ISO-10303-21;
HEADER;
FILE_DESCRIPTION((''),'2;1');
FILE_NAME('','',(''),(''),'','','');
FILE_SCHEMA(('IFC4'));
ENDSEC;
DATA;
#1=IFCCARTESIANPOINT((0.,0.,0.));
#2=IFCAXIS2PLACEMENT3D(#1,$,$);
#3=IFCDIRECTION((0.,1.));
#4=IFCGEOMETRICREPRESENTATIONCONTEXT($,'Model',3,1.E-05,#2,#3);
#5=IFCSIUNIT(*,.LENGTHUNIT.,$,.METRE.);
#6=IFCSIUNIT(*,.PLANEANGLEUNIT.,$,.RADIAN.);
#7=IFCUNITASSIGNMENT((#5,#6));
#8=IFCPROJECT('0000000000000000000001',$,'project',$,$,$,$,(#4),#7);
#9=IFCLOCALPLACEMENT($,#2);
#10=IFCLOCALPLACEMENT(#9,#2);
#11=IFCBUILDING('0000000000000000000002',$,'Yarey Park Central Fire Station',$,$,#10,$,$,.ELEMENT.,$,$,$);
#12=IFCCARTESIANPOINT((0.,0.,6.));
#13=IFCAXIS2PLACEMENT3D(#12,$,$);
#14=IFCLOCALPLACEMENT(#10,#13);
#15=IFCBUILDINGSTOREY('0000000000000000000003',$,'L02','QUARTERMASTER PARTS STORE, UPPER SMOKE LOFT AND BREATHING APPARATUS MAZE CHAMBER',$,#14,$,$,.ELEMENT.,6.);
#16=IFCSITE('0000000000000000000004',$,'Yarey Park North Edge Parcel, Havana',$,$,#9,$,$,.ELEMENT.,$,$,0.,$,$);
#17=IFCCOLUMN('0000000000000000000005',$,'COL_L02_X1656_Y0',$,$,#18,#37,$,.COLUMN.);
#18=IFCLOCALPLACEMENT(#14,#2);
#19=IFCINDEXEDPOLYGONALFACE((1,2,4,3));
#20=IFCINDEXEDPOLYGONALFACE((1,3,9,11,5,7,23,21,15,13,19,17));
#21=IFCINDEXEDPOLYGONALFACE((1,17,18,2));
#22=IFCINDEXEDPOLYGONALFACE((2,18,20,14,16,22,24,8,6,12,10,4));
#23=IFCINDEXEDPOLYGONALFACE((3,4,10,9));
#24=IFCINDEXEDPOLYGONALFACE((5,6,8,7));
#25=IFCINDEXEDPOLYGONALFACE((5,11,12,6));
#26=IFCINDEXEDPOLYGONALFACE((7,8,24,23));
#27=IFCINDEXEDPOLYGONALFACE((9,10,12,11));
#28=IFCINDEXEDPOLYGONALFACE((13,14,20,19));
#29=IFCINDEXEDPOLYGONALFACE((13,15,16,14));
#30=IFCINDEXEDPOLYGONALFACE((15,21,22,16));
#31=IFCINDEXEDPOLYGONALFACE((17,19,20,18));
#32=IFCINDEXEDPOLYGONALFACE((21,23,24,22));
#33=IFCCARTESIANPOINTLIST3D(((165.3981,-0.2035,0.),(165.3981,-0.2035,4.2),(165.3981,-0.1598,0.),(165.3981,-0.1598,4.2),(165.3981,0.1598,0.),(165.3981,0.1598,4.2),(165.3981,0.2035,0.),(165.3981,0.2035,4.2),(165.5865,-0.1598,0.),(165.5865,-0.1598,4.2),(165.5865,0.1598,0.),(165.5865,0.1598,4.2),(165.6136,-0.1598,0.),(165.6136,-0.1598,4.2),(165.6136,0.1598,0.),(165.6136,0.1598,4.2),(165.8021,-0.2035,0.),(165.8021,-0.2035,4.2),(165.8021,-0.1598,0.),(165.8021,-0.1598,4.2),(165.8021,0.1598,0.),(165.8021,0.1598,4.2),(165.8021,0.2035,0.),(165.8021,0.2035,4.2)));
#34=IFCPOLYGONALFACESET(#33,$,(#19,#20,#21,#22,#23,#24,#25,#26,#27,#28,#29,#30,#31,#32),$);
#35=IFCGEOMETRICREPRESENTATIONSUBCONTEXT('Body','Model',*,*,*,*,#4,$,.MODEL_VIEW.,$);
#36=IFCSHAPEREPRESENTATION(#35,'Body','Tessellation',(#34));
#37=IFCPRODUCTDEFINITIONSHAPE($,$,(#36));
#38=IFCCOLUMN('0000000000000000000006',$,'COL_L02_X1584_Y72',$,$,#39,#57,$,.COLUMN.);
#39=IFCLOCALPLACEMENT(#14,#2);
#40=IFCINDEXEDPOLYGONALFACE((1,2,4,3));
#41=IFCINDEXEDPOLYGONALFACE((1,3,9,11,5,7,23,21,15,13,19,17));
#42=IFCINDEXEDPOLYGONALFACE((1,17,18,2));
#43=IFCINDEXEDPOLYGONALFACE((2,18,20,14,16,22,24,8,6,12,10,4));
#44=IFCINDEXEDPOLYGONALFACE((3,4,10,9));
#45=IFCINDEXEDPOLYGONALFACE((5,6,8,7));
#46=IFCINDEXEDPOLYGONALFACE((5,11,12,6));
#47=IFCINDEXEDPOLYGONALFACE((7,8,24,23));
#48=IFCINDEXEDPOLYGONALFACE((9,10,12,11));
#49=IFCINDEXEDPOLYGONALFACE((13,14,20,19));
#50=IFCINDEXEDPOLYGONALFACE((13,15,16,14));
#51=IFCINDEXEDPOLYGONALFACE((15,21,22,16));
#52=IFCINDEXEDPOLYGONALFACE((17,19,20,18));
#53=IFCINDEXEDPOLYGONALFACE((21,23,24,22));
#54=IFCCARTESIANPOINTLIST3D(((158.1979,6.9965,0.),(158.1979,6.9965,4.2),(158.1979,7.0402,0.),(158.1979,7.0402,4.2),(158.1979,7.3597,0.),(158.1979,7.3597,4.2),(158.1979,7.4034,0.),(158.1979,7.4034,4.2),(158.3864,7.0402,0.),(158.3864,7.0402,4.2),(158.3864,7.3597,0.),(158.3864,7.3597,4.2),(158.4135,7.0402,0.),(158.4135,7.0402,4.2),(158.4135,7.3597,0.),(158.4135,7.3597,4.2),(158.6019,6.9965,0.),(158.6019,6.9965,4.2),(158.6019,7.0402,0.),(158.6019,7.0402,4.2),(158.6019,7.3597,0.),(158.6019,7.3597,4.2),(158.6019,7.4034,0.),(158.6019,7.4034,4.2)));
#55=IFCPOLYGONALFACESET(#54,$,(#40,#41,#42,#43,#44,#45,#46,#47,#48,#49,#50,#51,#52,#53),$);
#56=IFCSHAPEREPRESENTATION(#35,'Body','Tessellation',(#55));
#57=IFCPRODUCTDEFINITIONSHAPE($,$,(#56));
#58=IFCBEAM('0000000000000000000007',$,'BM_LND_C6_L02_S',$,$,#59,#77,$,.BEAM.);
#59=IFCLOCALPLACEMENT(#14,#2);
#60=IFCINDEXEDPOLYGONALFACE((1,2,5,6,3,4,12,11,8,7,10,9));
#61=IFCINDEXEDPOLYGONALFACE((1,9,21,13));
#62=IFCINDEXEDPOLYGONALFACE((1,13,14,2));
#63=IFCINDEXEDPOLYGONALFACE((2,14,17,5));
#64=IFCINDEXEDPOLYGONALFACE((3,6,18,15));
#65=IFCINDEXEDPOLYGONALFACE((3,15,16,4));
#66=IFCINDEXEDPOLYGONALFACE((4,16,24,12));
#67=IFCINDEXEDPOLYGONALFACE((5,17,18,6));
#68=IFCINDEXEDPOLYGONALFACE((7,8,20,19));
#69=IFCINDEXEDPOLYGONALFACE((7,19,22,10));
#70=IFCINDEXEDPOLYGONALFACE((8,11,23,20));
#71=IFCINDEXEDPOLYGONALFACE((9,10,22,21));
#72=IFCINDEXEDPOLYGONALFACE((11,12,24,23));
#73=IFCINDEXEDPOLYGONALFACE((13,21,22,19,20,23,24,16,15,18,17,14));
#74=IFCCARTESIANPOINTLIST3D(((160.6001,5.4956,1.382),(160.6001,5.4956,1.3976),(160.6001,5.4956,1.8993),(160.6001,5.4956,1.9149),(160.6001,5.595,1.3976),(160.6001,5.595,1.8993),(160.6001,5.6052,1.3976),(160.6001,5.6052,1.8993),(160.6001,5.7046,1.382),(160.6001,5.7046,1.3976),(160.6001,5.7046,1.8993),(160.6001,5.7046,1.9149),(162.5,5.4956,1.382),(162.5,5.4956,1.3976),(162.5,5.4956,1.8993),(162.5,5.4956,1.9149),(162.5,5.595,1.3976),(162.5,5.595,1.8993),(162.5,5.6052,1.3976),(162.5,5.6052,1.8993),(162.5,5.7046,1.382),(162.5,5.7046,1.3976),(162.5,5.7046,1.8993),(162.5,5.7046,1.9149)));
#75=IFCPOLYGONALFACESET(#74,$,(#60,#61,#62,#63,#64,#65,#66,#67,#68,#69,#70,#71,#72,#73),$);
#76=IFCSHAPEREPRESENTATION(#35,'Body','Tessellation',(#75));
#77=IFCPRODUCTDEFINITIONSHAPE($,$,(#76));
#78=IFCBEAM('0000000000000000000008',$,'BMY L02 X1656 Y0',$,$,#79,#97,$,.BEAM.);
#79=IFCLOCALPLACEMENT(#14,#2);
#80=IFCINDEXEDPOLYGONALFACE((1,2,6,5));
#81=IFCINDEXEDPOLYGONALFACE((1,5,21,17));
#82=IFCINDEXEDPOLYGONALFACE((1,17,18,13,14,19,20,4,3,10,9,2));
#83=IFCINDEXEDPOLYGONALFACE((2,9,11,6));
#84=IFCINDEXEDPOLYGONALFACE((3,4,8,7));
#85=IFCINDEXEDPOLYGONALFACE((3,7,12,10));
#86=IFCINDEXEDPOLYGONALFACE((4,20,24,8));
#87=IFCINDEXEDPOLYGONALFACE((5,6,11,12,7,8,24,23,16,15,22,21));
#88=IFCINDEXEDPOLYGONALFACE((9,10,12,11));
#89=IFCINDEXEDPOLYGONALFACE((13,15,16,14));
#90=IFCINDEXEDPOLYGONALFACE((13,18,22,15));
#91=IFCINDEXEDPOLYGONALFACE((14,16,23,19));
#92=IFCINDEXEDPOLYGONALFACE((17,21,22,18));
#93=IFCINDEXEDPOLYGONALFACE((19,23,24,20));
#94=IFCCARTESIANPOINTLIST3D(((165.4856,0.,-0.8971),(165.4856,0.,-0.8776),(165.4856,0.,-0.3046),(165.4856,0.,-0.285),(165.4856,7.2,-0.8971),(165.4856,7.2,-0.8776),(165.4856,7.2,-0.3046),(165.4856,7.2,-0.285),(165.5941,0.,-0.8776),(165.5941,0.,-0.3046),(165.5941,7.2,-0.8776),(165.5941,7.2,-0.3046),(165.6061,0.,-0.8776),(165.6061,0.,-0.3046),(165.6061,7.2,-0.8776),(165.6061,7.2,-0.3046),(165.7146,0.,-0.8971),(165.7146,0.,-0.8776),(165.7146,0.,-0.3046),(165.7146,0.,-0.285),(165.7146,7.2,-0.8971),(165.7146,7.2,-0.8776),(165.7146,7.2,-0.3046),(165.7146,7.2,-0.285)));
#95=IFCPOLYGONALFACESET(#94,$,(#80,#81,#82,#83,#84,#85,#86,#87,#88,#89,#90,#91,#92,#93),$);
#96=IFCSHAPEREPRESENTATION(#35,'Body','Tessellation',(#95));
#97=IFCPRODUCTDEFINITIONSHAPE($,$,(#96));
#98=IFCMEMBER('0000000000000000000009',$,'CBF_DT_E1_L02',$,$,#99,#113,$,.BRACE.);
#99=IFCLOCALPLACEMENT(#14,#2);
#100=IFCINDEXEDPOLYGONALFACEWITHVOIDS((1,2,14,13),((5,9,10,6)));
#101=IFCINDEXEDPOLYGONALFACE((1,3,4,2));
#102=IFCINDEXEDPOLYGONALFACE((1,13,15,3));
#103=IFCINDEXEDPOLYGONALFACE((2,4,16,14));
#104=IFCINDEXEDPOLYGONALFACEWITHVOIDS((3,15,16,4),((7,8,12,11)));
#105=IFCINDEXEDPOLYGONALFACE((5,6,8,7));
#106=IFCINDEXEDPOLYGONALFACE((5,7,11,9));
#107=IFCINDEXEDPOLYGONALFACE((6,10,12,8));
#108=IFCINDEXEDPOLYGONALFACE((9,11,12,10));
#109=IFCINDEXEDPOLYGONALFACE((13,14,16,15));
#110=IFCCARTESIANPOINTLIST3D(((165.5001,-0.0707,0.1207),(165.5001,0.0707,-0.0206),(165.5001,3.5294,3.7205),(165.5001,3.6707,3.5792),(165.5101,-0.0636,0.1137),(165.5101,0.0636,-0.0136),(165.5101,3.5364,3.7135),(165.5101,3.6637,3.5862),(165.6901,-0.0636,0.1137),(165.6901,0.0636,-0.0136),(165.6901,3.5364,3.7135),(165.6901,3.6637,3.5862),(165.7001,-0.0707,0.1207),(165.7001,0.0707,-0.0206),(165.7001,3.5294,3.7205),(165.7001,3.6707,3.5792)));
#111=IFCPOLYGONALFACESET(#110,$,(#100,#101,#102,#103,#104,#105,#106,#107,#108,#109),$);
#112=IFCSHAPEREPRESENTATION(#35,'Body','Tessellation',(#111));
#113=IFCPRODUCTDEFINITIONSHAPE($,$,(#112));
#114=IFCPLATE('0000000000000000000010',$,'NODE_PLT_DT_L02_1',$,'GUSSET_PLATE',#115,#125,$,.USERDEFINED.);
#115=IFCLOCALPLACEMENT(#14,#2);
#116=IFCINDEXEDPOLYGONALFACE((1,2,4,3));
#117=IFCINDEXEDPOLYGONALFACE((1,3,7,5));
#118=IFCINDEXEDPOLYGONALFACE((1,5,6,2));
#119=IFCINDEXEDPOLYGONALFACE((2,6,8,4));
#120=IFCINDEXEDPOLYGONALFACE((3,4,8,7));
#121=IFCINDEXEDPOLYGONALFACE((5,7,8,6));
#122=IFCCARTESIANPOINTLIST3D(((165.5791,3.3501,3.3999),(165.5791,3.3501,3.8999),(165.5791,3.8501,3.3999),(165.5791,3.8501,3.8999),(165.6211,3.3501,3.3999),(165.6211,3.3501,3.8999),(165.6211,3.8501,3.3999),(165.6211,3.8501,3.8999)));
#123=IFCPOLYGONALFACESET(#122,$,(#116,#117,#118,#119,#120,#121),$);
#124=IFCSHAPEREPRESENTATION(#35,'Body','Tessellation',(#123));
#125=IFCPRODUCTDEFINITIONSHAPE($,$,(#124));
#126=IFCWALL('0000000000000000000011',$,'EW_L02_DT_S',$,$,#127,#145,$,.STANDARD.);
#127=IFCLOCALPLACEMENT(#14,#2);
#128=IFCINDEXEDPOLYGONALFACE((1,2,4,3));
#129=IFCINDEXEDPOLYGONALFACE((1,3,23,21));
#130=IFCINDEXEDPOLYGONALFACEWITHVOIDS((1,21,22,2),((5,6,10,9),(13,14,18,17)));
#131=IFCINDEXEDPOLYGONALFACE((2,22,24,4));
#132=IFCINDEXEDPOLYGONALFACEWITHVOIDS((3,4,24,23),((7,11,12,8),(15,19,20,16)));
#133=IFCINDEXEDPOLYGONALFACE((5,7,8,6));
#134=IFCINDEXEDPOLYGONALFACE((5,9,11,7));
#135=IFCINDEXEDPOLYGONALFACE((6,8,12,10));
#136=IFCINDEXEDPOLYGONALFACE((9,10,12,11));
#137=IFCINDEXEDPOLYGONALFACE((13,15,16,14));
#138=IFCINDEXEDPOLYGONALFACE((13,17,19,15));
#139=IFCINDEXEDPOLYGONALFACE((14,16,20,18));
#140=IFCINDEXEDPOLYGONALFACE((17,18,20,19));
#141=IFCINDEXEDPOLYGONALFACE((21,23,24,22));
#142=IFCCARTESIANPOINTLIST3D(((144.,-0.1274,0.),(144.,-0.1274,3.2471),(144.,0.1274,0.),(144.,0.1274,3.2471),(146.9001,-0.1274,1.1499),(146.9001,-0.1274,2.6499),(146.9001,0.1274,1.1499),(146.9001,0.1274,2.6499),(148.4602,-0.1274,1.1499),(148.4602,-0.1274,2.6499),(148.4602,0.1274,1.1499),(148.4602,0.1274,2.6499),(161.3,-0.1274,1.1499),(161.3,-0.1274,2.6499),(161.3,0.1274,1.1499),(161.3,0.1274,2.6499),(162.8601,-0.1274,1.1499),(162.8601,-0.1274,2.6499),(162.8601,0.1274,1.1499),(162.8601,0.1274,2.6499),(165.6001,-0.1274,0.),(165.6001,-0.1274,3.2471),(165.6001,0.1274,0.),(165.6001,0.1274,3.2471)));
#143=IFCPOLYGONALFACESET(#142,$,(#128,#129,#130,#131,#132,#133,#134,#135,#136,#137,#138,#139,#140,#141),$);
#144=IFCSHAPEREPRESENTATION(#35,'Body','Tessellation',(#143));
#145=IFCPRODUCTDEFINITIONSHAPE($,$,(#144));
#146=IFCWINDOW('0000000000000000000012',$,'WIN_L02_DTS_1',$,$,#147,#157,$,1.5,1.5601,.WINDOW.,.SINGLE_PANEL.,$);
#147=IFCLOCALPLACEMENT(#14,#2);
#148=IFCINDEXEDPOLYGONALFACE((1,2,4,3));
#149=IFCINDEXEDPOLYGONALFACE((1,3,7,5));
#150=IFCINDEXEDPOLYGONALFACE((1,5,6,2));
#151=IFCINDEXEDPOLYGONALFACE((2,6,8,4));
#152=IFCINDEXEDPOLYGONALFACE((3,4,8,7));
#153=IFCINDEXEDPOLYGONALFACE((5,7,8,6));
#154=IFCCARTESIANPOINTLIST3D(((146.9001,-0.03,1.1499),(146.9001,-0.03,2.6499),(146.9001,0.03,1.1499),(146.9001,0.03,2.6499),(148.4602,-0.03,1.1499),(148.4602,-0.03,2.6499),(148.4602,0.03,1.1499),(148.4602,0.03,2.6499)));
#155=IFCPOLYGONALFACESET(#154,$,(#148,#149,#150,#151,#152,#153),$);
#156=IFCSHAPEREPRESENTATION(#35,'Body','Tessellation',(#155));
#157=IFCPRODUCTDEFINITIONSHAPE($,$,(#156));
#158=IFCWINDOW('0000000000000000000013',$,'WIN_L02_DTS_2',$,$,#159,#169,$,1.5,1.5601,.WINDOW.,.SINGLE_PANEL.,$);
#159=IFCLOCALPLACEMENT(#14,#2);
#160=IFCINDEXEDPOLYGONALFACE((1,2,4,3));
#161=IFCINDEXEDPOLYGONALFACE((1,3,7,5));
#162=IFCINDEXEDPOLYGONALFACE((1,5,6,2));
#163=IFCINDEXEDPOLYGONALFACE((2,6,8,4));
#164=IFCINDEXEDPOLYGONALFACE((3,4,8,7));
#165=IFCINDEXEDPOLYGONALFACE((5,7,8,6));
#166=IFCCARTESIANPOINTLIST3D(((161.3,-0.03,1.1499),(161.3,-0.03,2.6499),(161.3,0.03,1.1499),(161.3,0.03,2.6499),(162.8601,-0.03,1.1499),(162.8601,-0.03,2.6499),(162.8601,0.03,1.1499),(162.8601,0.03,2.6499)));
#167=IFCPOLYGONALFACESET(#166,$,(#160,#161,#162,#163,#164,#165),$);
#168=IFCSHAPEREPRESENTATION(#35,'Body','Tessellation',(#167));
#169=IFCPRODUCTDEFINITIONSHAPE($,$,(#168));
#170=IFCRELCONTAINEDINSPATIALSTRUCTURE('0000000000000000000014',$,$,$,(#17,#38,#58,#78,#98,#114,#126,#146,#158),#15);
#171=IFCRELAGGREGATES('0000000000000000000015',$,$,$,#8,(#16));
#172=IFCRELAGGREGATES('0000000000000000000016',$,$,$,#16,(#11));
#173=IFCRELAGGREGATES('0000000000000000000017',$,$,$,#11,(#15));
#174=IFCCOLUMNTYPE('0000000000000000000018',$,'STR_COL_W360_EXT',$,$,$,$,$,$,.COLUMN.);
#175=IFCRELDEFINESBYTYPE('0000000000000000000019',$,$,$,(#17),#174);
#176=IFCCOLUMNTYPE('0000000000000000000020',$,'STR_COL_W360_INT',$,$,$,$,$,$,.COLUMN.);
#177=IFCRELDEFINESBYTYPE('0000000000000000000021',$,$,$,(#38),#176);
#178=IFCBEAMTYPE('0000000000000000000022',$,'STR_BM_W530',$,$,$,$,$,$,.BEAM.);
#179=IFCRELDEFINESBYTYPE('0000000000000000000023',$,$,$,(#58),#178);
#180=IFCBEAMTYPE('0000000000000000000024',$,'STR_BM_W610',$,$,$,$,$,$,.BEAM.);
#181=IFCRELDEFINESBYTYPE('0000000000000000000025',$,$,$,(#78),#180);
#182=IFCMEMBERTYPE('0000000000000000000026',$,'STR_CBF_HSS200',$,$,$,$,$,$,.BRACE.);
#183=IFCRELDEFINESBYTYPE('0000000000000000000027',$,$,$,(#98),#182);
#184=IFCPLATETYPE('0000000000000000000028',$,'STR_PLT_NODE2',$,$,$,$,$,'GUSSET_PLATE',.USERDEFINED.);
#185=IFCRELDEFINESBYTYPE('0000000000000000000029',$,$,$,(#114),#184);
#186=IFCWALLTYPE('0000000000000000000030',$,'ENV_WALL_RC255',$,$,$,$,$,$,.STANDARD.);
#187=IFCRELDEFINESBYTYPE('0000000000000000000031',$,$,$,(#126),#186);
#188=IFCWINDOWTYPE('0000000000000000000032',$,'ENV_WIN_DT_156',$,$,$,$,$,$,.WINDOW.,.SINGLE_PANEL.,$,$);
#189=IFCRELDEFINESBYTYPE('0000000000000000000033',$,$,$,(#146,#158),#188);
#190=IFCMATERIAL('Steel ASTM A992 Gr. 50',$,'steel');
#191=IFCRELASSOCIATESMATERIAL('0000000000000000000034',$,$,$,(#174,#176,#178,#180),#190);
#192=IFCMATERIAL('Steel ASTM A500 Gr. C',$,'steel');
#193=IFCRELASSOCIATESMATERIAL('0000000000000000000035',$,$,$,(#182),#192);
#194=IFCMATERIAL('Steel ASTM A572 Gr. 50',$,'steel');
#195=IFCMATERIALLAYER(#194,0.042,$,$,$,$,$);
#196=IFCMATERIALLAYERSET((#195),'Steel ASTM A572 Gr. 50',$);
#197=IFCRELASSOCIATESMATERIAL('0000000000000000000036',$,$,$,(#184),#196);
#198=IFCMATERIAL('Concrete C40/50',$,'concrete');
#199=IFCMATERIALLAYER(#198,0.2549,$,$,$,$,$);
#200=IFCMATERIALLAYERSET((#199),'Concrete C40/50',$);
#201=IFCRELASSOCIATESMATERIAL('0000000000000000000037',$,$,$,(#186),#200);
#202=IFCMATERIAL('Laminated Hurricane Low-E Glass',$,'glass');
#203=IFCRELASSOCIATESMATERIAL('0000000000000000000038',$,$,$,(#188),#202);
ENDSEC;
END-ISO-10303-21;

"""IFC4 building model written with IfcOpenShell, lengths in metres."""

from ifc_helpers import new_model, si_unit, direction, frame, frame_2d, origin, origin_2d, place, context, subcontext, project, spatial, rectangle, hollow_rectangle, i_section, extrude, material, layer, layer_set, material_profile, profile_set, type_object, element, fill, save


model = new_model("IFC4")

# Units and contexts
model_context = context("Model", 3, precision=1e-05, world=origin(), true_north=direction((0.0, 1.0)))
body_context = subcontext(model_context, "Body", "Model", "MODEL_VIEW")
ifc_project = project(units=[si_unit("LENGTHUNIT", "METRE"), si_unit("PLANEANGLEUNIT", "RADIAN")], contexts=[model_context])

# Site, building, storey
site_placement = place(None, origin())
site = spatial("IfcSite", under=ifc_project, at=site_placement, Name="Yarey Park North Edge Parcel, Havana", CompositionType="ELEMENT", RefElevation=0.0)
building_placement = place(site_placement, origin())
building = spatial("IfcBuilding", under=site, at=building_placement, Name="Yarey Park Central Fire Station", CompositionType="ELEMENT")
storey_placement = place(building_placement, frame((0.0, 0.0, 6.0)))
storey = spatial("IfcBuildingStorey", under=building, at=storey_placement, Name="L02", Description="QUARTERMASTER PARTS STORE, UPPER SMOKE LOFT AND BREATHING APPARATUS MAZE CHAMBER", CompositionType="ELEMENT", Elevation=6.0)

# Columns
ifc_material_1 = material(Name="Steel ASTM A992 Gr. 50", Category="steel")
ifc_material_profile_1 = material_profile(ifc_material_1, i_section(OverallWidth=0.4041, OverallDepth=0.407, WebThickness=0.0271, FlangeThickness=0.0437, at=origin_2d()), Name="W360x347")
ifc_profile_set_1 = profile_set([ifc_material_profile_1], Name="Steel ASTM A992 Gr. 50")
column_type_1 = type_object("IfcColumnType", Name="STR_COL_W360_EXT", PredefinedType="COLUMN", material=ifc_profile_set_1)
column_1_placement = place(storey_placement, frame((165.6001, 0.0, 0.0), z_axis=(0.0, 0.0, 1.0), x_axis=(1.0, 0.0, 0.0)))
element("IfcColumn", 1, at=column_1_placement, inside=storey, type_object=column_type_1, Name="COL_L02_X1656_Y0", PredefinedType="COLUMN", context=body_context, shape_type="SweptSolid", body=[
    extrude(i_section(OverallWidth=0.4041, OverallDepth=0.407, WebThickness=0.0271, FlangeThickness=0.0437, at=origin_2d()), origin(), (0.0, 0.0, 1.0), 4.2),
])
ifc_material_profile_2 = material_profile(ifc_material_1, i_section(OverallWidth=0.4041, OverallDepth=0.407, WebThickness=0.0271, FlangeThickness=0.0437, at=origin_2d()), Name="W360x347")
ifc_profile_set_2 = profile_set([ifc_material_profile_2], Name="Steel ASTM A992 Gr. 50")
column_type_2 = type_object("IfcColumnType", Name="STR_COL_W360_INT", PredefinedType="COLUMN", material=ifc_profile_set_2)
column_2_placement = place(storey_placement, frame((158.3999, 7.2, 0.0), z_axis=(0.0, 0.0, 1.0), x_axis=(1.0, 0.0, 0.0)))
element("IfcColumn", 2, at=column_2_placement, inside=storey, type_object=column_type_2, Name="COL_L02_X1584_Y72", PredefinedType="COLUMN", context=body_context, shape_type="SweptSolid", body=[
    extrude(i_section(OverallWidth=0.4041, OverallDepth=0.407, WebThickness=0.0271, FlangeThickness=0.0437, at=origin_2d()), origin(), (0.0, 0.0, 1.0), 4.2),
])

# Beams
ifc_material_profile_3 = material_profile(ifc_material_1, i_section(OverallWidth=0.209, OverallDepth=0.533, WebThickness=0.0103, FlangeThickness=0.0156, at=origin_2d()), Name="W530x92")
ifc_profile_set_3 = profile_set([ifc_material_profile_3], Name="Steel ASTM A992 Gr. 50")
beam_type_1 = type_object("IfcBeamType", Name="STR_BM_W530", PredefinedType="BEAM", material=ifc_profile_set_3)
beam_1_placement = place(storey_placement, frame((160.6001, 5.6001, 1.6484), z_axis=(1.0, 0.0, 0.0), x_axis=(0.0, 1.0, 0.0)))
element("IfcBeam", 3, at=beam_1_placement, inside=storey, type_object=beam_type_1, Name="BM_LND_C6_L02_S", PredefinedType="BEAM", context=body_context, shape_type="SweptSolid", body=[
    extrude(i_section(OverallWidth=0.209, OverallDepth=0.533, WebThickness=0.0103, FlangeThickness=0.0156, at=origin_2d()), origin(), (0.0, 0.0, 1.0), 1.8999),
])
ifc_material_profile_4 = material_profile(ifc_material_1, i_section(OverallWidth=0.229, OverallDepth=0.6121, WebThickness=0.012, FlangeThickness=0.0195, at=origin_2d()), Name="W610x125")
ifc_profile_set_4 = profile_set([ifc_material_profile_4], Name="Steel ASTM A992 Gr. 50")
beam_type_2 = type_object("IfcBeamType", Name="STR_BM_W610", PredefinedType="BEAM", material=ifc_profile_set_4)
beam_2_placement = place(storey_placement, frame((165.6001, 0.0, -0.5911), z_axis=(0.0, 1.0, 0.0), x_axis=(-1.0, 0.0, 0.0)))
element("IfcBeam", 4, at=beam_2_placement, inside=storey, type_object=beam_type_2, Name="BMY L02 X1656 Y0", PredefinedType="BEAM", context=body_context, shape_type="SweptSolid", body=[
    extrude(i_section(OverallWidth=0.229, OverallDepth=0.6121, WebThickness=0.012, FlangeThickness=0.0195, at=origin_2d()), origin(), (0.0, 0.0, 1.0), 7.2),
])

# Member
ifc_material_2 = material(Name="Steel ASTM A500 Gr. C", Category="steel")
ifc_material_profile_5 = material_profile(ifc_material_2, hollow_rectangle(XDim=0.2, YDim=0.2, WallThickness=0.01, at=origin_2d()), Name="HSS 200x200x10")
ifc_profile_set_5 = profile_set([ifc_material_profile_5], Name="Steel ASTM A500 Gr. C")
member_type = type_object("IfcMemberType", Name="STR_CBF_HSS200", PredefinedType="BRACE", material=ifc_profile_set_5)
member_placement = place(storey_placement, frame((165.6001, 0.0, 0.05), z_axis=(0.0, 0.707131, 0.707083), x_axis=(-1.0, 0.0, 0.0)))
element("IfcMember", 5, at=member_placement, inside=storey, type_object=member_type, Name="CBF_DT_E1_L02", PredefinedType="BRACE", context=body_context, shape_type="SweptSolid", body=[
    extrude(hollow_rectangle(XDim=0.2, YDim=0.2, WallThickness=0.01, at=origin_2d()), origin(), (0.0, 0.0, 1.0), 5.0911),
])

# Plate
ifc_material_3 = material(Name="Steel ASTM A572 Gr. 50", Category="steel")
ifc_layer_1 = layer(ifc_material_3, 0.042)
ifc_layer_set_1 = layer_set([ifc_layer_1], Name="Steel ASTM A572 Gr. 50")
plate_type = type_object("IfcPlateType", Name="STR_PLT_NODE2", ElementType="GUSSET_PLATE", PredefinedType="USERDEFINED", material=ifc_layer_set_1)
plate_placement = place(storey_placement, frame((165.6001, 3.6001, 3.3999), z_axis=(0.0, 0.0, 1.0), x_axis=(1.0, 0.0, 0.0)))
element("IfcPlate", 6, at=plate_placement, inside=storey, type_object=plate_type, Name="NODE_PLT_DT_L02_1", ObjectType="GUSSET_PLATE", PredefinedType="USERDEFINED", context=body_context, shape_type="SweptSolid", body=[
    extrude(rectangle(XDim=0.042, YDim=0.5, at=origin_2d()), origin(), (0.0, 0.0, 1.0), 0.5),
])

# Wall, openings, windows
ifc_material_4 = material(Name="Concrete C40/50", Category="concrete")
ifc_layer_2 = layer(ifc_material_4, 0.2549)
ifc_layer_set_2 = layer_set([ifc_layer_2], Name="Concrete C40/50")
wall_type_1 = type_object("IfcWallType", Name="ENV_WALL_RC255", PredefinedType="STANDARD", material=ifc_layer_set_2)
wall_1_placement = place(storey_placement, frame((165.6001, 0.0, 0.0), z_axis=(0.0, 0.0, 1.0), x_axis=(-1.0, 0.0, 0.0)))
wall_1 = element("IfcWall", 7, at=wall_1_placement, inside=storey, type_object=wall_type_1, Name="EW_L02_DT_S", PredefinedType="STANDARD", context=body_context, shape_type="SweptSolid", body=[
    extrude(rectangle(XDim=21.6001, YDim=0.2549, at=frame_2d((10.8, 0.0))), origin(), (0.0, 0.0, 1.0), 3.2471),
])
opening_1_placement = place(wall_1_placement, frame((17.1399, 0.0, 1.1499)))
opening_1 = element("IfcOpeningElement", 8, at=opening_1_placement, cuts=wall_1, PredefinedType="OPENING", context=body_context, shape_type="SweptSolid", body=[
    extrude(rectangle(XDim=1.5601, YDim=1.5, at=frame_2d((0.78, 0.75))), frame((0.0, 0.1375, 0.0), z_axis=(0.0, -1.0, 0.0), x_axis=(1.0, 0.0, 0.0)), (0.0, 0.0, 1.0), 0.2749),
])
opening_2_placement = place(wall_1_placement, frame((2.74, 0.0, 1.1499)))
opening_2 = element("IfcOpeningElement", 9, at=opening_2_placement, cuts=wall_1, PredefinedType="OPENING", context=body_context, shape_type="SweptSolid", body=[
    extrude(rectangle(XDim=1.5601, YDim=1.5, at=frame_2d((0.78, 0.75))), frame((0.0, 0.1375, 0.0), z_axis=(0.0, -1.0, 0.0), x_axis=(1.0, 0.0, 0.0)), (0.0, 0.0, 1.0), 0.2749),
])
ifc_material_5 = material(Name="Laminated Hurricane Low-E Glass", Category="glass")
window_type_1 = type_object("IfcWindowType", Name="ENV_WIN_DT_156", PartitioningType="SINGLE_PANEL", PredefinedType="WINDOW", material=ifc_material_5)
window_1_placement = place(opening_1_placement, origin())
window_1 = element("IfcWindow", 10, at=window_1_placement, inside=storey, type_object=window_type_1, Name="WIN_L02_DTS_1", OverallHeight=1.5, OverallWidth=1.5601, PartitioningType="SINGLE_PANEL", PredefinedType="WINDOW", context=body_context, shape_type="SweptSolid", body=[
    extrude(rectangle(XDim=1.5601, YDim=1.5, at=frame_2d((0.78, 0.75))), frame((0.0, 0.03, 0.0), z_axis=(0.0, -1.0, 0.0), x_axis=(1.0, 0.0, 0.0)), (0.0, 0.0, 1.0), 0.0601),
])
fill(opening_1, window_1)
window_2_placement = place(opening_2_placement, origin())
window_2 = element("IfcWindow", 11, at=window_2_placement, inside=storey, type_object=window_type_1, Name="WIN_L02_DTS_2", OverallHeight=1.5, OverallWidth=1.5601, PartitioningType="SINGLE_PANEL", PredefinedType="WINDOW", context=body_context, shape_type="SweptSolid", body=[
    extrude(rectangle(XDim=1.5601, YDim=1.5, at=frame_2d((0.78, 0.75))), frame((0.0, 0.03, 0.0), z_axis=(0.0, -1.0, 0.0), x_axis=(1.0, 0.0, 0.0)), (0.0, 0.0, 1.0), 0.0601),
])
fill(opening_2, window_2)

save(model, "model.ifc")
